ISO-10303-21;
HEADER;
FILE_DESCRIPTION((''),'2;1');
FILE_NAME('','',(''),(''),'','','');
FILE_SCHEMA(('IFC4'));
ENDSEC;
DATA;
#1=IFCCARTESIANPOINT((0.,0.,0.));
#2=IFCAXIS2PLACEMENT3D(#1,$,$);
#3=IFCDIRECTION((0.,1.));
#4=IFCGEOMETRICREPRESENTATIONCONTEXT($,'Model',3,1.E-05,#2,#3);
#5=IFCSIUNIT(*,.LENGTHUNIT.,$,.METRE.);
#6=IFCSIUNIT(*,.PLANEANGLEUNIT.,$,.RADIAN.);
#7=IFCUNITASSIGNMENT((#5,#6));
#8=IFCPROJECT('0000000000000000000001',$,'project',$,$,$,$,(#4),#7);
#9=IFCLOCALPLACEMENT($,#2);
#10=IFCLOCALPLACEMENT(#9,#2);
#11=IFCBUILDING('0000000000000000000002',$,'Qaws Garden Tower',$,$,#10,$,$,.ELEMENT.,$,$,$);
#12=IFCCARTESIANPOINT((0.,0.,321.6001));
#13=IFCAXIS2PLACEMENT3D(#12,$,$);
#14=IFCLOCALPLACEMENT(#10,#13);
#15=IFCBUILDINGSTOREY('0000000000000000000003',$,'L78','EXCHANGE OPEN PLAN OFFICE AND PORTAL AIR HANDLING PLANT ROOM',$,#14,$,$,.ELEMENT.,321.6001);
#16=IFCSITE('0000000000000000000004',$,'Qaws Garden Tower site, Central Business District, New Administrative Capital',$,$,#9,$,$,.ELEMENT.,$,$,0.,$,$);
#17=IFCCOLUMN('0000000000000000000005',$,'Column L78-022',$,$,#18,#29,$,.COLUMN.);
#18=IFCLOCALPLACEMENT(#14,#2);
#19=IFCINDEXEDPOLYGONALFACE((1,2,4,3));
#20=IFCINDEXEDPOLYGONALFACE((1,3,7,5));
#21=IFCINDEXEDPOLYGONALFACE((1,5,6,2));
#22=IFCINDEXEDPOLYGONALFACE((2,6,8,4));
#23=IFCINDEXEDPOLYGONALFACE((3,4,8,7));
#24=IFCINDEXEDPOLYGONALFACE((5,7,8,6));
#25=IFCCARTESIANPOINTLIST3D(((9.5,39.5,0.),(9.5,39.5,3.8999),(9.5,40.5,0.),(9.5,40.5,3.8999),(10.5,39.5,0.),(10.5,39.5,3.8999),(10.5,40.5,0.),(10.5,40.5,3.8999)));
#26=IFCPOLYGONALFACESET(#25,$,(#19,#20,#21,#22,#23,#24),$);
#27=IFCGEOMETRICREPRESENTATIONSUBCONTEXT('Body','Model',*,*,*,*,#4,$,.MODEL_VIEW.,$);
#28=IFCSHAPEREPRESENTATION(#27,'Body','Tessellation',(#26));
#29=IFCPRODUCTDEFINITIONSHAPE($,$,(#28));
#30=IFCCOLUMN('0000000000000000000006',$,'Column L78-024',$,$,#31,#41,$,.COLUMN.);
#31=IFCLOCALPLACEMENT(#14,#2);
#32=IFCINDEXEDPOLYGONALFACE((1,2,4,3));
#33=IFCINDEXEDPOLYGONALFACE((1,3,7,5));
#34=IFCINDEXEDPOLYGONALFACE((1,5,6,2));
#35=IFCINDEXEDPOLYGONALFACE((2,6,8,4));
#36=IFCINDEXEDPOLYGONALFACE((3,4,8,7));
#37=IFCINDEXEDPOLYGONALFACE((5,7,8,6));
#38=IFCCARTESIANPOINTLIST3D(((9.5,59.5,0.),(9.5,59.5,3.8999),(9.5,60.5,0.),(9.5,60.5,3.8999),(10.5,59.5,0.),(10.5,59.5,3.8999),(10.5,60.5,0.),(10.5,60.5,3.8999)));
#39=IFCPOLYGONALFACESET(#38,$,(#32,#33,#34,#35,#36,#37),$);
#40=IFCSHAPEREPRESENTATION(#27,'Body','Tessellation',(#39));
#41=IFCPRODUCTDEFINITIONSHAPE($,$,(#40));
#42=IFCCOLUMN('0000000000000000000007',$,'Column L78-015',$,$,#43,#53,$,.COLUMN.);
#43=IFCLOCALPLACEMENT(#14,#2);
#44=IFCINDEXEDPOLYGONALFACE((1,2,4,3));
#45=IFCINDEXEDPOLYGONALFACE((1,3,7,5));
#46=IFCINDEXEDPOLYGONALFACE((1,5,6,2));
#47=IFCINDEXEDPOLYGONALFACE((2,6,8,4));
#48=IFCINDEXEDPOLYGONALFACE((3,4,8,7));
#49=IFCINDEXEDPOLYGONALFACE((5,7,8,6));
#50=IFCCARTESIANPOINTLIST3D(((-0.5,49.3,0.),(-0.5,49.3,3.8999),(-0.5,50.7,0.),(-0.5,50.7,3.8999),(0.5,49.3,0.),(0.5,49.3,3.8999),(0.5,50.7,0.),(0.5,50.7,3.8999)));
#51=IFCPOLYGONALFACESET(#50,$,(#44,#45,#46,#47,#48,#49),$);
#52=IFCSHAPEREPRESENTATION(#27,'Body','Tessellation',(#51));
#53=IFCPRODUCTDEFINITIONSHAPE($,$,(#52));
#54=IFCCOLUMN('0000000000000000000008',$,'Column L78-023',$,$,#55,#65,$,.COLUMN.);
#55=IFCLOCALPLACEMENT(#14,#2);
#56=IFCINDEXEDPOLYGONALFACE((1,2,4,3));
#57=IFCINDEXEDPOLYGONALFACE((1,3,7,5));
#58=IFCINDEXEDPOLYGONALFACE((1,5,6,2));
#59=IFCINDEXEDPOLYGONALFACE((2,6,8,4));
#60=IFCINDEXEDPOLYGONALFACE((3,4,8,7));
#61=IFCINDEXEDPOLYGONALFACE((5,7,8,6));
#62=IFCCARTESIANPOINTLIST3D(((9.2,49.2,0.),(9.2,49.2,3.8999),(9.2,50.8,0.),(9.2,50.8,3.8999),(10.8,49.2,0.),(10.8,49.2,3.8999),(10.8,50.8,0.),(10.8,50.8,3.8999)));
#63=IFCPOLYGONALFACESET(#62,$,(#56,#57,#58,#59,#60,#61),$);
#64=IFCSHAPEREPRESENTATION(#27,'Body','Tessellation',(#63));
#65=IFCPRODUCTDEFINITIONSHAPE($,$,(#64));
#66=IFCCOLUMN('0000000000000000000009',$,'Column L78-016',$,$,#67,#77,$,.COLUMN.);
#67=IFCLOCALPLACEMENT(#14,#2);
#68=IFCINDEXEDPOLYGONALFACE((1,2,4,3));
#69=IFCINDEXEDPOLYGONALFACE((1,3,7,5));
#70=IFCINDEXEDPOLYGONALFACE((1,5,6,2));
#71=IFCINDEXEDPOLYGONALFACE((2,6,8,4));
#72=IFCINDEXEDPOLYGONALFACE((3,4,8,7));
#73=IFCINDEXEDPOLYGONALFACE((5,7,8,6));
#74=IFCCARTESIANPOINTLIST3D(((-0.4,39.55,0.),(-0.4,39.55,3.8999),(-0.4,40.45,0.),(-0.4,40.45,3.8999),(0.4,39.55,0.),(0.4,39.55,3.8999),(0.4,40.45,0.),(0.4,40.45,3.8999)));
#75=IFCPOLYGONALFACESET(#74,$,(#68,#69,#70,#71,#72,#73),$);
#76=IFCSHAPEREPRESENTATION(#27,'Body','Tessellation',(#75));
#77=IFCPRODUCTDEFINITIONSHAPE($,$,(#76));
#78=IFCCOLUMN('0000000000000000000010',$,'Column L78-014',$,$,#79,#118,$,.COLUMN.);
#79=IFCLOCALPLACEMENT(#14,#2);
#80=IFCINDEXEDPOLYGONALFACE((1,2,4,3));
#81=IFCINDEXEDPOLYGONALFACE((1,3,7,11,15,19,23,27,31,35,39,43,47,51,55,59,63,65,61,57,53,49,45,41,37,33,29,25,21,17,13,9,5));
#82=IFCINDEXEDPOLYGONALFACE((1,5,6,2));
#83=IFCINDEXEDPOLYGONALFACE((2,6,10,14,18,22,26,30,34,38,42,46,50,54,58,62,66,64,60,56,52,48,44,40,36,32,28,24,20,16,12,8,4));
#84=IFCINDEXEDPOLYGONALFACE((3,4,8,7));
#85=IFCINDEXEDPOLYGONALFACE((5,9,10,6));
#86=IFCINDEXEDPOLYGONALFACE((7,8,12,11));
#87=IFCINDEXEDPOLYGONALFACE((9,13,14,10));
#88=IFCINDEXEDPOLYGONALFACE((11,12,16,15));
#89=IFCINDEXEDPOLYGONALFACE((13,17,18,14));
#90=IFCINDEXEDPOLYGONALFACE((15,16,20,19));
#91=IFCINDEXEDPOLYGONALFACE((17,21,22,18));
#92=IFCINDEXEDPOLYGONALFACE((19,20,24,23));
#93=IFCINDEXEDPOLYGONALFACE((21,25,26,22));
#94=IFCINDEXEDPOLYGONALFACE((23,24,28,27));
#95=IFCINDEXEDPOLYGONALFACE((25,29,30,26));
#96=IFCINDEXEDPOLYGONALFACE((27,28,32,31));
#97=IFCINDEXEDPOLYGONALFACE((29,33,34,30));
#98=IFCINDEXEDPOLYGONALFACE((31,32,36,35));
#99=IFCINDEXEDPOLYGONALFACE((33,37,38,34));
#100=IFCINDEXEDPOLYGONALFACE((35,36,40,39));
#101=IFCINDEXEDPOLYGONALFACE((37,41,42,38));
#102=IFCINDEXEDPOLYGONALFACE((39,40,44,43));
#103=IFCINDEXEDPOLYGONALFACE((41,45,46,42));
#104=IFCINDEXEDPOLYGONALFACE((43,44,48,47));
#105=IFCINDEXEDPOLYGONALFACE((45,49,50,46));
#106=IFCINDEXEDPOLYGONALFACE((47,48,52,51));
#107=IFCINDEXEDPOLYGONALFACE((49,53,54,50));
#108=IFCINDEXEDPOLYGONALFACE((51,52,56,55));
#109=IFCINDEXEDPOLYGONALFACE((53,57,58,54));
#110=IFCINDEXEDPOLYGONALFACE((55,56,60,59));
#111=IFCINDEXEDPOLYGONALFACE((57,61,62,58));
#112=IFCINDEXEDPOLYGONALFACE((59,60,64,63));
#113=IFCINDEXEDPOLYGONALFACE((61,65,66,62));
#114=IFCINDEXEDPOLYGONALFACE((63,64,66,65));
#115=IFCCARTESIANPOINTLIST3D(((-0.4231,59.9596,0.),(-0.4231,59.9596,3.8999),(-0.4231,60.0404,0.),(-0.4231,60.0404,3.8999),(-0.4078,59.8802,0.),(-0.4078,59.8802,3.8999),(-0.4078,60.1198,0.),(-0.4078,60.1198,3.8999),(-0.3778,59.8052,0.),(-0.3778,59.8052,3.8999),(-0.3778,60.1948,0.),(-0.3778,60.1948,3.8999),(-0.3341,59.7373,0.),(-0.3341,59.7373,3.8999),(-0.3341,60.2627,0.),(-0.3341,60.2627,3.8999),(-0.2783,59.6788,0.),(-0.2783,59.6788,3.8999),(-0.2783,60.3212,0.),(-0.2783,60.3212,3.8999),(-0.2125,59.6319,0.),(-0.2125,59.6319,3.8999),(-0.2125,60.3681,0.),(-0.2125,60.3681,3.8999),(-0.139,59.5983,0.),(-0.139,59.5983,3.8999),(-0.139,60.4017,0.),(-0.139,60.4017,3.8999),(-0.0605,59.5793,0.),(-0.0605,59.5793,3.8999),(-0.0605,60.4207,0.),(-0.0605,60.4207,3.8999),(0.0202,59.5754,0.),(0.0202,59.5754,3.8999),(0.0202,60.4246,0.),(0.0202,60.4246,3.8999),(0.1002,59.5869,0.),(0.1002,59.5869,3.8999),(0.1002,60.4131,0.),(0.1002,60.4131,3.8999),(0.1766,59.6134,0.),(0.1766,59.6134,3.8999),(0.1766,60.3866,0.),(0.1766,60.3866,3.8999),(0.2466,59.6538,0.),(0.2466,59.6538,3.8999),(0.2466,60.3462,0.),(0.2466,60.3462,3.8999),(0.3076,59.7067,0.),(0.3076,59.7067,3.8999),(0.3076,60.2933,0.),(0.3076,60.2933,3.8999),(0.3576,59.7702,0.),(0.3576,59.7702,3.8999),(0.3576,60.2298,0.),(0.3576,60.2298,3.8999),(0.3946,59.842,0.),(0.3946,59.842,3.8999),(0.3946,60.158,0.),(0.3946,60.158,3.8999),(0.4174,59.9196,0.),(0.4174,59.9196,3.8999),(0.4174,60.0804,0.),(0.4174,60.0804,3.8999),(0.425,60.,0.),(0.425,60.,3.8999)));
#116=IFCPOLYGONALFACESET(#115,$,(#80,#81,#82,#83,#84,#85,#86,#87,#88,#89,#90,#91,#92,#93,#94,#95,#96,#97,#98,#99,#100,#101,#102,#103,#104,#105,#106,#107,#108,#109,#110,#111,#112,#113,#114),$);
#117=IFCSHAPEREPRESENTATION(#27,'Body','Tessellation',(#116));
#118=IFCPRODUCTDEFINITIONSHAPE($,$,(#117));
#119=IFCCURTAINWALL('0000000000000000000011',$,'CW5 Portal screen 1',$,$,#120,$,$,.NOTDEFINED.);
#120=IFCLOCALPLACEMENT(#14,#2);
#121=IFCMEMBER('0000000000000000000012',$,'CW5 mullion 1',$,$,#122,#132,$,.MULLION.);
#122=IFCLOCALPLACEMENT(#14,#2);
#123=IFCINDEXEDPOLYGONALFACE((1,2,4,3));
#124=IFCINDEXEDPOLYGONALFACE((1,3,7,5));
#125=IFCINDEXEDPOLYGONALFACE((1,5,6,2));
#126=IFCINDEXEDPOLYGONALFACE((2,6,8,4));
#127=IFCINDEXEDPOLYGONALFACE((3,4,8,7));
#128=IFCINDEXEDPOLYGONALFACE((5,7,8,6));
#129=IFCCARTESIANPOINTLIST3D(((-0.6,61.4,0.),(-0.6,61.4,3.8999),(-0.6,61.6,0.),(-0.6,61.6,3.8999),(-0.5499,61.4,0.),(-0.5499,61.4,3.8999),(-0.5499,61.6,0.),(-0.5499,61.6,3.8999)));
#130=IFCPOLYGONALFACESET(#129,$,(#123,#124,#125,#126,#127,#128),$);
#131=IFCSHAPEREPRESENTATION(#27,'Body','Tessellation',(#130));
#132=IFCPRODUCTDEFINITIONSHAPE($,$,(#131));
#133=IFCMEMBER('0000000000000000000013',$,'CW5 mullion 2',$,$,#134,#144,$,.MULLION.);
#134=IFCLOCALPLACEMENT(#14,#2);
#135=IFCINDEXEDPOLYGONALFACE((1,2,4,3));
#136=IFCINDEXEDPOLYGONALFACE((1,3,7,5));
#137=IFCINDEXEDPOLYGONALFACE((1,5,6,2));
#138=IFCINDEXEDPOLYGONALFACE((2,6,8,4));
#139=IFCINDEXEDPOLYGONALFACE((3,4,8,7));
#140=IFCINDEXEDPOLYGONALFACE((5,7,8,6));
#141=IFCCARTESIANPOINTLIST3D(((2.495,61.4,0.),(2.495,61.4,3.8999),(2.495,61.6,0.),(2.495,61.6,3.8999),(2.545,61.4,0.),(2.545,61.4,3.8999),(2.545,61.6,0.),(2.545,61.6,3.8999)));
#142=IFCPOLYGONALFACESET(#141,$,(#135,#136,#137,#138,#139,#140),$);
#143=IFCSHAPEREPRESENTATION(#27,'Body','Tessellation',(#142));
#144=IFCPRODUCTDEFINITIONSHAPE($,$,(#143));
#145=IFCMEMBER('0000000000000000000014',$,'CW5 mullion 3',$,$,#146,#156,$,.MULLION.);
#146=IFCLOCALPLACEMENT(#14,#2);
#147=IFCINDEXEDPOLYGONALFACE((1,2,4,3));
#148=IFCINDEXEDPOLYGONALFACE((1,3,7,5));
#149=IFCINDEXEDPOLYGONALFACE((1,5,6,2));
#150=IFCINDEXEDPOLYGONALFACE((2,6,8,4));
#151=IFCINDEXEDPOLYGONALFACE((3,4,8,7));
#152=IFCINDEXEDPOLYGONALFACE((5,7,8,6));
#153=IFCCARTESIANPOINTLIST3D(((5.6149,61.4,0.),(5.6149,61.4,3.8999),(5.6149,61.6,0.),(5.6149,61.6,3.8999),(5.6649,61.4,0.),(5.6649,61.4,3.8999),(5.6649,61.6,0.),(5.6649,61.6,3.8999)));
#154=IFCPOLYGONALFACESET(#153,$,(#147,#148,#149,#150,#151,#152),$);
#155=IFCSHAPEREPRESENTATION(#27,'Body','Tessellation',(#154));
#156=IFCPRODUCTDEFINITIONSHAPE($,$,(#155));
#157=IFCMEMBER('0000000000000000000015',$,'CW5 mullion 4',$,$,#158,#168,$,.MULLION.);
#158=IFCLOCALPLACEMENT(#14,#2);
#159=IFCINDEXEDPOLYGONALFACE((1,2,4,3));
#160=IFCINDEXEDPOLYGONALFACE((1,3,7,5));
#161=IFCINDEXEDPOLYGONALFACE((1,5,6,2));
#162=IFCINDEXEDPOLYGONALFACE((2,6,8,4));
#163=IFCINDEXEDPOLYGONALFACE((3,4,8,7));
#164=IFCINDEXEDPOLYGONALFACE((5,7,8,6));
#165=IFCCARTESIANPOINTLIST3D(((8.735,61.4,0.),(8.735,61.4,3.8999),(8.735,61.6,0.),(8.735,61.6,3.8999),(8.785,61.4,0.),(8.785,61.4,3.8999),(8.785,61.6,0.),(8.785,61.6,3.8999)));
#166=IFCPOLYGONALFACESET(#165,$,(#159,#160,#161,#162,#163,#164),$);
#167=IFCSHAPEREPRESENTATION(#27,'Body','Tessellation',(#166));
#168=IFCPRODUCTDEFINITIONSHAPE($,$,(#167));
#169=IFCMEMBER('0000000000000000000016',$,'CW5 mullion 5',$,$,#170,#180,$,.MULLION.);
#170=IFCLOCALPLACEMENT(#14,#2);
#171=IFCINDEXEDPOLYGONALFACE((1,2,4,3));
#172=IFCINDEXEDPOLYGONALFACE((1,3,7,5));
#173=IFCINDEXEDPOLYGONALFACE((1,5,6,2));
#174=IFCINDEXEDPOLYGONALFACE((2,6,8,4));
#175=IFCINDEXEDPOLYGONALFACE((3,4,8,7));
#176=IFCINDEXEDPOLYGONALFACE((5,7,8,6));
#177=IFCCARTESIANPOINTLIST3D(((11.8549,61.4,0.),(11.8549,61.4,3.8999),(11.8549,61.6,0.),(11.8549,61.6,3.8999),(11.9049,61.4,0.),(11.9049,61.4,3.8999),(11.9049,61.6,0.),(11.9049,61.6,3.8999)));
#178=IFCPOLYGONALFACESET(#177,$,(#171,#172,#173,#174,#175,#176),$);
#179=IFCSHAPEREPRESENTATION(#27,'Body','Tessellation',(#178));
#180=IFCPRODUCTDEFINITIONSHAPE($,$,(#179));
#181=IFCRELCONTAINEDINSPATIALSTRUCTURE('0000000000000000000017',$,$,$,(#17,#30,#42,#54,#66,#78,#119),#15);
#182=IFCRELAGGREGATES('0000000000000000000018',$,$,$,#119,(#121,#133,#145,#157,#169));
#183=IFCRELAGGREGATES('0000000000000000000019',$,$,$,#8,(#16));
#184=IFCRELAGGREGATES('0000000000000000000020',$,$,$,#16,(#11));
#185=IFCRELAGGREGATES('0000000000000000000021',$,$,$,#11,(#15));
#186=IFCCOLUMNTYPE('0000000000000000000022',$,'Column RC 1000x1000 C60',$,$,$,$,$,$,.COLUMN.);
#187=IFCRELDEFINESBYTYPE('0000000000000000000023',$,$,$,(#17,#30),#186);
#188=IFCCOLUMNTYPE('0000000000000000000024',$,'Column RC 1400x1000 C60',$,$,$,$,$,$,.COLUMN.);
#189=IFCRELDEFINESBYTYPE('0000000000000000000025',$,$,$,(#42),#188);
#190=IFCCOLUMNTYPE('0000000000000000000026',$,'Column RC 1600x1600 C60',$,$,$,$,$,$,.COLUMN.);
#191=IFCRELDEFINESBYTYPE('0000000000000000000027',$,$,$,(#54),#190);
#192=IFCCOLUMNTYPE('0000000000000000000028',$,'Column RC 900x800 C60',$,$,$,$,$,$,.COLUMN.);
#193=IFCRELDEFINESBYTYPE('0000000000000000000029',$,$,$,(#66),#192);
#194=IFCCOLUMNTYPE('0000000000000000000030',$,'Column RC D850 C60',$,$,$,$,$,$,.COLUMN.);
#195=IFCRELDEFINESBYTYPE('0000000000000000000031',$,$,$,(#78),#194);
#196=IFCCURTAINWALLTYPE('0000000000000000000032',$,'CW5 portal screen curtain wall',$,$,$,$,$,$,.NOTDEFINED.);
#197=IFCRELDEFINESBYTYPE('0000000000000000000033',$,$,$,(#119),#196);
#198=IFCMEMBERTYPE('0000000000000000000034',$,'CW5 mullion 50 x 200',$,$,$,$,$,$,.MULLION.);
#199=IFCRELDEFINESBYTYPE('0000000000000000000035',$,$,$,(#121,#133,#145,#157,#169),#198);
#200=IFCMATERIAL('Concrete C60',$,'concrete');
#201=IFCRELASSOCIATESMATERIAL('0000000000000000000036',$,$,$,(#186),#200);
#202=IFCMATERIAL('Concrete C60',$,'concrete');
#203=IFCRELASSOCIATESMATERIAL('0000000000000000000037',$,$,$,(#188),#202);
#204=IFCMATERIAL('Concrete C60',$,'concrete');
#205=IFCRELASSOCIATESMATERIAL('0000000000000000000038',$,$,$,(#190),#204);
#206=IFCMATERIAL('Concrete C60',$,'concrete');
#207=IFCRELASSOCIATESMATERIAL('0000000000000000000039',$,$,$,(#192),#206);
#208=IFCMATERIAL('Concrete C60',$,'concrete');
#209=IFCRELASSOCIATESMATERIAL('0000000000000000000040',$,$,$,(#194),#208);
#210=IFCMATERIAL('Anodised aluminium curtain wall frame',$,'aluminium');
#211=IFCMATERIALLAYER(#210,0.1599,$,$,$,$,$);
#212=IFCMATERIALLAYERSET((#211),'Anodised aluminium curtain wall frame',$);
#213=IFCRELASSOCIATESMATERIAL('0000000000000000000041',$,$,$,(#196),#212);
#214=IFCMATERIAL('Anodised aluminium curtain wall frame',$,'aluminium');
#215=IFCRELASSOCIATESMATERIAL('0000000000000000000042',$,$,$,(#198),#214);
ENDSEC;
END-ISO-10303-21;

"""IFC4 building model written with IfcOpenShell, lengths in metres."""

from ifc_helpers import new_model, si_unit, direction, frame, origin, origin_2d, place, context, subcontext, project, spatial, rectangle, circle, extrude, material, layer, layer_set, material_profile, profile_set, type_object, element, aggregate, save


model = new_model("IFC4")

# Units and contexts
model_context = context("Model", 3, precision=1e-05, world=origin(), true_north=direction((0.0, 1.0)))
body_context = subcontext(model_context, "Body", "Model", "MODEL_VIEW")
ifc_project = project(units=[si_unit("LENGTHUNIT", "METRE"), si_unit("PLANEANGLEUNIT", "RADIAN")], contexts=[model_context])

# Site, building, storey
site_placement = place(None, origin())
site = spatial("IfcSite", under=ifc_project, at=site_placement, Name="Qaws Garden Tower site, Central Business District, New Administrative Capital", CompositionType="ELEMENT", RefElevation=0.0)
building_placement = place(site_placement, origin())
building = spatial("IfcBuilding", under=site, at=building_placement, Name="Qaws Garden Tower", CompositionType="ELEMENT")
storey_placement = place(building_placement, frame((0.0, 0.0, 321.6001)))
storey = spatial("IfcBuildingStorey", under=building, at=storey_placement, Name="L78", Description="EXCHANGE OPEN PLAN OFFICE AND PORTAL AIR HANDLING PLANT ROOM", CompositionType="ELEMENT", Elevation=321.6001)

# Columns
ifc_material_1 = material(Name="Concrete C60", Category="concrete")
ifc_material_profile_1 = material_profile(ifc_material_1, rectangle(XDim=1.0, YDim=1.0, at=origin_2d()), Name="RC 1000x1000")
ifc_profile_set_1 = profile_set([ifc_material_profile_1], Name="Concrete C60")
column_type_1 = type_object("IfcColumnType", Name="Column RC 1000x1000 C60", PredefinedType="COLUMN", material=ifc_profile_set_1)
for number, where, z_axis, x_axis, name in (
    (1, (10.0, 40.0, 0.0), (0.0, 0.0, 1.0), (1.0, 0.0, 0.0), "Column L78-022"),
    (2, (10.0, 60.0, 0.0), (0.0, 0.0, 1.0), (1.0, 0.0, 0.0), "Column L78-024"),
):
    element("IfcColumn", number, at=place(storey_placement, frame(where, z_axis=z_axis, x_axis=x_axis)), inside=storey, type_object=column_type_1, Name=name, PredefinedType="COLUMN", context=body_context, shape_type="SweptSolid", body=[
        extrude(rectangle(XDim=1.0, YDim=1.0, at=origin_2d()), origin(), (0.0, 0.0, 1.0), 3.8999),
    ])
ifc_material_2 = material(Name="Concrete C60", Category="concrete")
ifc_material_profile_2 = material_profile(ifc_material_2, rectangle(XDim=1.3999, YDim=1.0, at=origin_2d()), Name="RC 1400x1000")
ifc_profile_set_2 = profile_set([ifc_material_profile_2], Name="Concrete C60")
column_type_2 = type_object("IfcColumnType", Name="Column RC 1400x1000 C60", PredefinedType="COLUMN", material=ifc_profile_set_2)
column_1_placement = place(storey_placement, frame((0.0, 50.0, 0.0), z_axis=(0.0, 0.0, 1.0), x_axis=(0.0, 1.0, 0.0)))
element("IfcColumn", 3, at=column_1_placement, inside=storey, type_object=column_type_2, Name="Column L78-015", PredefinedType="COLUMN", context=body_context, shape_type="SweptSolid", body=[
    extrude(rectangle(XDim=1.3999, YDim=1.0, at=origin_2d()), origin(), (0.0, 0.0, 1.0), 3.8999),
])
ifc_material_3 = material(Name="Concrete C60", Category="concrete")
ifc_material_profile_3 = material_profile(ifc_material_3, rectangle(XDim=1.6001, YDim=1.6001, at=origin_2d()), Name="RC 1600x1600")
ifc_profile_set_3 = profile_set([ifc_material_profile_3], Name="Concrete C60")
column_type_3 = type_object("IfcColumnType", Name="Column RC 1600x1600 C60", PredefinedType="COLUMN", material=ifc_profile_set_3)
column_2_placement = place(storey_placement, frame((10.0, 50.0, 0.0), z_axis=(0.0, 0.0, 1.0), x_axis=(1.0, 0.0, 0.0)))
element("IfcColumn", 4, at=column_2_placement, inside=storey, type_object=column_type_3, Name="Column L78-023", PredefinedType="COLUMN", context=body_context, shape_type="SweptSolid", body=[
    extrude(rectangle(XDim=1.6001, YDim=1.6001, at=origin_2d()), origin(), (0.0, 0.0, 1.0), 3.8999),
])
ifc_material_4 = material(Name="Concrete C60", Category="concrete")
ifc_material_profile_4 = material_profile(ifc_material_4, rectangle(XDim=0.8999, YDim=0.8, at=origin_2d()), Name="RC 900x800")
ifc_profile_set_4 = profile_set([ifc_material_profile_4], Name="Concrete C60")
column_type_4 = type_object("IfcColumnType", Name="Column RC 900x800 C60", PredefinedType="COLUMN", material=ifc_profile_set_4)
column_3_placement = place(storey_placement, frame((0.0, 40.0, 0.0), z_axis=(0.0, 0.0, 1.0), x_axis=(0.0, 1.0, 0.0)))
element("IfcColumn", 5, at=column_3_placement, inside=storey, type_object=column_type_4, Name="Column L78-016", PredefinedType="COLUMN", context=body_context, shape_type="SweptSolid", body=[
    extrude(rectangle(XDim=0.8999, YDim=0.8, at=origin_2d()), origin(), (0.0, 0.0, 1.0), 3.8999),
])
ifc_material_5 = material(Name="Concrete C60", Category="concrete")
ifc_material_profile_5 = material_profile(ifc_material_5, circle(Radius=0.425, at=origin_2d()), Name="RC D850")
ifc_profile_set_5 = profile_set([ifc_material_profile_5], Name="Concrete C60")
column_type_5 = type_object("IfcColumnType", Name="Column RC D850 C60", PredefinedType="COLUMN", material=ifc_profile_set_5)
column_4_placement = place(storey_placement, frame((0.0, 60.0, 0.0), z_axis=(0.0, 0.0, 1.0), x_axis=(1.0, 0.0, 0.0)))
element("IfcColumn", 6, at=column_4_placement, inside=storey, type_object=column_type_5, Name="Column L78-014", PredefinedType="COLUMN", context=body_context, shape_type="SweptSolid", body=[
    extrude(circle(Radius=0.425, at=origin_2d()), origin(), (0.0, 0.0, 1.0), 3.8999),
])

# Curtain wall, members
ifc_material_6 = material(Name="Anodised aluminium curtain wall frame", Category="aluminium")
ifc_layer_1 = layer(ifc_material_6, 0.1599)
ifc_layer_set_1 = layer_set([ifc_layer_1], Name="Anodised aluminium curtain wall frame")
curtain_wall_type = type_object("IfcCurtainWallType", Name="CW5 portal screen curtain wall", PredefinedType="NOTDEFINED", material=ifc_layer_set_1)
placement = place(storey_placement, origin())
curtain_wall_1 = element("IfcCurtainWall", 7, at=placement, inside=storey, type_object=curtain_wall_type, Name="CW5 Portal screen 1", PredefinedType="NOTDEFINED")
ifc_material_7 = material(Name="Anodised aluminium curtain wall frame", Category="aluminium")
ifc_material_profile_6 = material_profile(ifc_material_7, rectangle(XDim=0.2, YDim=0.05, at=origin_2d()), Name="AL 50x200")
ifc_profile_set_6 = profile_set([ifc_material_profile_6], Name="Anodised aluminium curtain wall frame")
member_type_1 = type_object("IfcMemberType", Name="CW5 mullion 50 x 200", PredefinedType="MULLION", material=ifc_profile_set_6)
member_1_placement = place(storey_placement, frame((-0.575, 61.5, 0.0), z_axis=(0.0, 0.0, 1.0), x_axis=(0.0, 1.0, 0.0)))
member_1 = element("IfcMember", 8, at=member_1_placement, type_object=member_type_1, Name="CW5 mullion 1", PredefinedType="MULLION", context=body_context, shape_type="SweptSolid", body=[
    extrude(rectangle(XDim=0.2, YDim=0.05, at=origin_2d()), origin(), (0.0, 0.0, 1.0), 3.8999),
])
member_2_placement = place(storey_placement, frame((2.52, 61.5, 0.0), z_axis=(0.0, 0.0, 1.0), x_axis=(0.0, 1.0, 0.0)))
member_2 = element("IfcMember", 9, at=member_2_placement, type_object=member_type_1, Name="CW5 mullion 2", PredefinedType="MULLION", context=body_context, shape_type="SweptSolid", body=[
    extrude(rectangle(XDim=0.2, YDim=0.05, at=origin_2d()), origin(), (0.0, 0.0, 1.0), 3.8999),
])
member_3_placement = place(storey_placement, frame((5.6399, 61.5, 0.0), z_axis=(0.0, 0.0, 1.0), x_axis=(0.0, 1.0, 0.0)))
member_3 = element("IfcMember", 10, at=member_3_placement, type_object=member_type_1, Name="CW5 mullion 3", PredefinedType="MULLION", context=body_context, shape_type="SweptSolid", body=[
    extrude(rectangle(XDim=0.2, YDim=0.05, at=origin_2d()), origin(), (0.0, 0.0, 1.0), 3.8999),
])
member_4_placement = place(storey_placement, frame((8.76, 61.5, 0.0), z_axis=(0.0, 0.0, 1.0), x_axis=(0.0, 1.0, 0.0)))
member_4 = element("IfcMember", 11, at=member_4_placement, type_object=member_type_1, Name="CW5 mullion 4", PredefinedType="MULLION", context=body_context, shape_type="SweptSolid", body=[
    extrude(rectangle(XDim=0.2, YDim=0.05, at=origin_2d()), origin(), (0.0, 0.0, 1.0), 3.8999),
])
member_5_placement = place(storey_placement, frame((11.8799, 61.5, 0.0), z_axis=(0.0, 0.0, 1.0), x_axis=(0.0, 1.0, 0.0)))
member_5 = element("IfcMember", 12, at=member_5_placement, type_object=member_type_1, Name="CW5 mullion 5", PredefinedType="MULLION", context=body_context, shape_type="SweptSolid", body=[
    extrude(rectangle(XDim=0.2, YDim=0.05, at=origin_2d()), origin(), (0.0, 0.0, 1.0), 3.8999),
])
aggregate(curtain_wall_1, [member_1, member_2, member_3, member_4, member_5])

save(model, "model.ifc")
